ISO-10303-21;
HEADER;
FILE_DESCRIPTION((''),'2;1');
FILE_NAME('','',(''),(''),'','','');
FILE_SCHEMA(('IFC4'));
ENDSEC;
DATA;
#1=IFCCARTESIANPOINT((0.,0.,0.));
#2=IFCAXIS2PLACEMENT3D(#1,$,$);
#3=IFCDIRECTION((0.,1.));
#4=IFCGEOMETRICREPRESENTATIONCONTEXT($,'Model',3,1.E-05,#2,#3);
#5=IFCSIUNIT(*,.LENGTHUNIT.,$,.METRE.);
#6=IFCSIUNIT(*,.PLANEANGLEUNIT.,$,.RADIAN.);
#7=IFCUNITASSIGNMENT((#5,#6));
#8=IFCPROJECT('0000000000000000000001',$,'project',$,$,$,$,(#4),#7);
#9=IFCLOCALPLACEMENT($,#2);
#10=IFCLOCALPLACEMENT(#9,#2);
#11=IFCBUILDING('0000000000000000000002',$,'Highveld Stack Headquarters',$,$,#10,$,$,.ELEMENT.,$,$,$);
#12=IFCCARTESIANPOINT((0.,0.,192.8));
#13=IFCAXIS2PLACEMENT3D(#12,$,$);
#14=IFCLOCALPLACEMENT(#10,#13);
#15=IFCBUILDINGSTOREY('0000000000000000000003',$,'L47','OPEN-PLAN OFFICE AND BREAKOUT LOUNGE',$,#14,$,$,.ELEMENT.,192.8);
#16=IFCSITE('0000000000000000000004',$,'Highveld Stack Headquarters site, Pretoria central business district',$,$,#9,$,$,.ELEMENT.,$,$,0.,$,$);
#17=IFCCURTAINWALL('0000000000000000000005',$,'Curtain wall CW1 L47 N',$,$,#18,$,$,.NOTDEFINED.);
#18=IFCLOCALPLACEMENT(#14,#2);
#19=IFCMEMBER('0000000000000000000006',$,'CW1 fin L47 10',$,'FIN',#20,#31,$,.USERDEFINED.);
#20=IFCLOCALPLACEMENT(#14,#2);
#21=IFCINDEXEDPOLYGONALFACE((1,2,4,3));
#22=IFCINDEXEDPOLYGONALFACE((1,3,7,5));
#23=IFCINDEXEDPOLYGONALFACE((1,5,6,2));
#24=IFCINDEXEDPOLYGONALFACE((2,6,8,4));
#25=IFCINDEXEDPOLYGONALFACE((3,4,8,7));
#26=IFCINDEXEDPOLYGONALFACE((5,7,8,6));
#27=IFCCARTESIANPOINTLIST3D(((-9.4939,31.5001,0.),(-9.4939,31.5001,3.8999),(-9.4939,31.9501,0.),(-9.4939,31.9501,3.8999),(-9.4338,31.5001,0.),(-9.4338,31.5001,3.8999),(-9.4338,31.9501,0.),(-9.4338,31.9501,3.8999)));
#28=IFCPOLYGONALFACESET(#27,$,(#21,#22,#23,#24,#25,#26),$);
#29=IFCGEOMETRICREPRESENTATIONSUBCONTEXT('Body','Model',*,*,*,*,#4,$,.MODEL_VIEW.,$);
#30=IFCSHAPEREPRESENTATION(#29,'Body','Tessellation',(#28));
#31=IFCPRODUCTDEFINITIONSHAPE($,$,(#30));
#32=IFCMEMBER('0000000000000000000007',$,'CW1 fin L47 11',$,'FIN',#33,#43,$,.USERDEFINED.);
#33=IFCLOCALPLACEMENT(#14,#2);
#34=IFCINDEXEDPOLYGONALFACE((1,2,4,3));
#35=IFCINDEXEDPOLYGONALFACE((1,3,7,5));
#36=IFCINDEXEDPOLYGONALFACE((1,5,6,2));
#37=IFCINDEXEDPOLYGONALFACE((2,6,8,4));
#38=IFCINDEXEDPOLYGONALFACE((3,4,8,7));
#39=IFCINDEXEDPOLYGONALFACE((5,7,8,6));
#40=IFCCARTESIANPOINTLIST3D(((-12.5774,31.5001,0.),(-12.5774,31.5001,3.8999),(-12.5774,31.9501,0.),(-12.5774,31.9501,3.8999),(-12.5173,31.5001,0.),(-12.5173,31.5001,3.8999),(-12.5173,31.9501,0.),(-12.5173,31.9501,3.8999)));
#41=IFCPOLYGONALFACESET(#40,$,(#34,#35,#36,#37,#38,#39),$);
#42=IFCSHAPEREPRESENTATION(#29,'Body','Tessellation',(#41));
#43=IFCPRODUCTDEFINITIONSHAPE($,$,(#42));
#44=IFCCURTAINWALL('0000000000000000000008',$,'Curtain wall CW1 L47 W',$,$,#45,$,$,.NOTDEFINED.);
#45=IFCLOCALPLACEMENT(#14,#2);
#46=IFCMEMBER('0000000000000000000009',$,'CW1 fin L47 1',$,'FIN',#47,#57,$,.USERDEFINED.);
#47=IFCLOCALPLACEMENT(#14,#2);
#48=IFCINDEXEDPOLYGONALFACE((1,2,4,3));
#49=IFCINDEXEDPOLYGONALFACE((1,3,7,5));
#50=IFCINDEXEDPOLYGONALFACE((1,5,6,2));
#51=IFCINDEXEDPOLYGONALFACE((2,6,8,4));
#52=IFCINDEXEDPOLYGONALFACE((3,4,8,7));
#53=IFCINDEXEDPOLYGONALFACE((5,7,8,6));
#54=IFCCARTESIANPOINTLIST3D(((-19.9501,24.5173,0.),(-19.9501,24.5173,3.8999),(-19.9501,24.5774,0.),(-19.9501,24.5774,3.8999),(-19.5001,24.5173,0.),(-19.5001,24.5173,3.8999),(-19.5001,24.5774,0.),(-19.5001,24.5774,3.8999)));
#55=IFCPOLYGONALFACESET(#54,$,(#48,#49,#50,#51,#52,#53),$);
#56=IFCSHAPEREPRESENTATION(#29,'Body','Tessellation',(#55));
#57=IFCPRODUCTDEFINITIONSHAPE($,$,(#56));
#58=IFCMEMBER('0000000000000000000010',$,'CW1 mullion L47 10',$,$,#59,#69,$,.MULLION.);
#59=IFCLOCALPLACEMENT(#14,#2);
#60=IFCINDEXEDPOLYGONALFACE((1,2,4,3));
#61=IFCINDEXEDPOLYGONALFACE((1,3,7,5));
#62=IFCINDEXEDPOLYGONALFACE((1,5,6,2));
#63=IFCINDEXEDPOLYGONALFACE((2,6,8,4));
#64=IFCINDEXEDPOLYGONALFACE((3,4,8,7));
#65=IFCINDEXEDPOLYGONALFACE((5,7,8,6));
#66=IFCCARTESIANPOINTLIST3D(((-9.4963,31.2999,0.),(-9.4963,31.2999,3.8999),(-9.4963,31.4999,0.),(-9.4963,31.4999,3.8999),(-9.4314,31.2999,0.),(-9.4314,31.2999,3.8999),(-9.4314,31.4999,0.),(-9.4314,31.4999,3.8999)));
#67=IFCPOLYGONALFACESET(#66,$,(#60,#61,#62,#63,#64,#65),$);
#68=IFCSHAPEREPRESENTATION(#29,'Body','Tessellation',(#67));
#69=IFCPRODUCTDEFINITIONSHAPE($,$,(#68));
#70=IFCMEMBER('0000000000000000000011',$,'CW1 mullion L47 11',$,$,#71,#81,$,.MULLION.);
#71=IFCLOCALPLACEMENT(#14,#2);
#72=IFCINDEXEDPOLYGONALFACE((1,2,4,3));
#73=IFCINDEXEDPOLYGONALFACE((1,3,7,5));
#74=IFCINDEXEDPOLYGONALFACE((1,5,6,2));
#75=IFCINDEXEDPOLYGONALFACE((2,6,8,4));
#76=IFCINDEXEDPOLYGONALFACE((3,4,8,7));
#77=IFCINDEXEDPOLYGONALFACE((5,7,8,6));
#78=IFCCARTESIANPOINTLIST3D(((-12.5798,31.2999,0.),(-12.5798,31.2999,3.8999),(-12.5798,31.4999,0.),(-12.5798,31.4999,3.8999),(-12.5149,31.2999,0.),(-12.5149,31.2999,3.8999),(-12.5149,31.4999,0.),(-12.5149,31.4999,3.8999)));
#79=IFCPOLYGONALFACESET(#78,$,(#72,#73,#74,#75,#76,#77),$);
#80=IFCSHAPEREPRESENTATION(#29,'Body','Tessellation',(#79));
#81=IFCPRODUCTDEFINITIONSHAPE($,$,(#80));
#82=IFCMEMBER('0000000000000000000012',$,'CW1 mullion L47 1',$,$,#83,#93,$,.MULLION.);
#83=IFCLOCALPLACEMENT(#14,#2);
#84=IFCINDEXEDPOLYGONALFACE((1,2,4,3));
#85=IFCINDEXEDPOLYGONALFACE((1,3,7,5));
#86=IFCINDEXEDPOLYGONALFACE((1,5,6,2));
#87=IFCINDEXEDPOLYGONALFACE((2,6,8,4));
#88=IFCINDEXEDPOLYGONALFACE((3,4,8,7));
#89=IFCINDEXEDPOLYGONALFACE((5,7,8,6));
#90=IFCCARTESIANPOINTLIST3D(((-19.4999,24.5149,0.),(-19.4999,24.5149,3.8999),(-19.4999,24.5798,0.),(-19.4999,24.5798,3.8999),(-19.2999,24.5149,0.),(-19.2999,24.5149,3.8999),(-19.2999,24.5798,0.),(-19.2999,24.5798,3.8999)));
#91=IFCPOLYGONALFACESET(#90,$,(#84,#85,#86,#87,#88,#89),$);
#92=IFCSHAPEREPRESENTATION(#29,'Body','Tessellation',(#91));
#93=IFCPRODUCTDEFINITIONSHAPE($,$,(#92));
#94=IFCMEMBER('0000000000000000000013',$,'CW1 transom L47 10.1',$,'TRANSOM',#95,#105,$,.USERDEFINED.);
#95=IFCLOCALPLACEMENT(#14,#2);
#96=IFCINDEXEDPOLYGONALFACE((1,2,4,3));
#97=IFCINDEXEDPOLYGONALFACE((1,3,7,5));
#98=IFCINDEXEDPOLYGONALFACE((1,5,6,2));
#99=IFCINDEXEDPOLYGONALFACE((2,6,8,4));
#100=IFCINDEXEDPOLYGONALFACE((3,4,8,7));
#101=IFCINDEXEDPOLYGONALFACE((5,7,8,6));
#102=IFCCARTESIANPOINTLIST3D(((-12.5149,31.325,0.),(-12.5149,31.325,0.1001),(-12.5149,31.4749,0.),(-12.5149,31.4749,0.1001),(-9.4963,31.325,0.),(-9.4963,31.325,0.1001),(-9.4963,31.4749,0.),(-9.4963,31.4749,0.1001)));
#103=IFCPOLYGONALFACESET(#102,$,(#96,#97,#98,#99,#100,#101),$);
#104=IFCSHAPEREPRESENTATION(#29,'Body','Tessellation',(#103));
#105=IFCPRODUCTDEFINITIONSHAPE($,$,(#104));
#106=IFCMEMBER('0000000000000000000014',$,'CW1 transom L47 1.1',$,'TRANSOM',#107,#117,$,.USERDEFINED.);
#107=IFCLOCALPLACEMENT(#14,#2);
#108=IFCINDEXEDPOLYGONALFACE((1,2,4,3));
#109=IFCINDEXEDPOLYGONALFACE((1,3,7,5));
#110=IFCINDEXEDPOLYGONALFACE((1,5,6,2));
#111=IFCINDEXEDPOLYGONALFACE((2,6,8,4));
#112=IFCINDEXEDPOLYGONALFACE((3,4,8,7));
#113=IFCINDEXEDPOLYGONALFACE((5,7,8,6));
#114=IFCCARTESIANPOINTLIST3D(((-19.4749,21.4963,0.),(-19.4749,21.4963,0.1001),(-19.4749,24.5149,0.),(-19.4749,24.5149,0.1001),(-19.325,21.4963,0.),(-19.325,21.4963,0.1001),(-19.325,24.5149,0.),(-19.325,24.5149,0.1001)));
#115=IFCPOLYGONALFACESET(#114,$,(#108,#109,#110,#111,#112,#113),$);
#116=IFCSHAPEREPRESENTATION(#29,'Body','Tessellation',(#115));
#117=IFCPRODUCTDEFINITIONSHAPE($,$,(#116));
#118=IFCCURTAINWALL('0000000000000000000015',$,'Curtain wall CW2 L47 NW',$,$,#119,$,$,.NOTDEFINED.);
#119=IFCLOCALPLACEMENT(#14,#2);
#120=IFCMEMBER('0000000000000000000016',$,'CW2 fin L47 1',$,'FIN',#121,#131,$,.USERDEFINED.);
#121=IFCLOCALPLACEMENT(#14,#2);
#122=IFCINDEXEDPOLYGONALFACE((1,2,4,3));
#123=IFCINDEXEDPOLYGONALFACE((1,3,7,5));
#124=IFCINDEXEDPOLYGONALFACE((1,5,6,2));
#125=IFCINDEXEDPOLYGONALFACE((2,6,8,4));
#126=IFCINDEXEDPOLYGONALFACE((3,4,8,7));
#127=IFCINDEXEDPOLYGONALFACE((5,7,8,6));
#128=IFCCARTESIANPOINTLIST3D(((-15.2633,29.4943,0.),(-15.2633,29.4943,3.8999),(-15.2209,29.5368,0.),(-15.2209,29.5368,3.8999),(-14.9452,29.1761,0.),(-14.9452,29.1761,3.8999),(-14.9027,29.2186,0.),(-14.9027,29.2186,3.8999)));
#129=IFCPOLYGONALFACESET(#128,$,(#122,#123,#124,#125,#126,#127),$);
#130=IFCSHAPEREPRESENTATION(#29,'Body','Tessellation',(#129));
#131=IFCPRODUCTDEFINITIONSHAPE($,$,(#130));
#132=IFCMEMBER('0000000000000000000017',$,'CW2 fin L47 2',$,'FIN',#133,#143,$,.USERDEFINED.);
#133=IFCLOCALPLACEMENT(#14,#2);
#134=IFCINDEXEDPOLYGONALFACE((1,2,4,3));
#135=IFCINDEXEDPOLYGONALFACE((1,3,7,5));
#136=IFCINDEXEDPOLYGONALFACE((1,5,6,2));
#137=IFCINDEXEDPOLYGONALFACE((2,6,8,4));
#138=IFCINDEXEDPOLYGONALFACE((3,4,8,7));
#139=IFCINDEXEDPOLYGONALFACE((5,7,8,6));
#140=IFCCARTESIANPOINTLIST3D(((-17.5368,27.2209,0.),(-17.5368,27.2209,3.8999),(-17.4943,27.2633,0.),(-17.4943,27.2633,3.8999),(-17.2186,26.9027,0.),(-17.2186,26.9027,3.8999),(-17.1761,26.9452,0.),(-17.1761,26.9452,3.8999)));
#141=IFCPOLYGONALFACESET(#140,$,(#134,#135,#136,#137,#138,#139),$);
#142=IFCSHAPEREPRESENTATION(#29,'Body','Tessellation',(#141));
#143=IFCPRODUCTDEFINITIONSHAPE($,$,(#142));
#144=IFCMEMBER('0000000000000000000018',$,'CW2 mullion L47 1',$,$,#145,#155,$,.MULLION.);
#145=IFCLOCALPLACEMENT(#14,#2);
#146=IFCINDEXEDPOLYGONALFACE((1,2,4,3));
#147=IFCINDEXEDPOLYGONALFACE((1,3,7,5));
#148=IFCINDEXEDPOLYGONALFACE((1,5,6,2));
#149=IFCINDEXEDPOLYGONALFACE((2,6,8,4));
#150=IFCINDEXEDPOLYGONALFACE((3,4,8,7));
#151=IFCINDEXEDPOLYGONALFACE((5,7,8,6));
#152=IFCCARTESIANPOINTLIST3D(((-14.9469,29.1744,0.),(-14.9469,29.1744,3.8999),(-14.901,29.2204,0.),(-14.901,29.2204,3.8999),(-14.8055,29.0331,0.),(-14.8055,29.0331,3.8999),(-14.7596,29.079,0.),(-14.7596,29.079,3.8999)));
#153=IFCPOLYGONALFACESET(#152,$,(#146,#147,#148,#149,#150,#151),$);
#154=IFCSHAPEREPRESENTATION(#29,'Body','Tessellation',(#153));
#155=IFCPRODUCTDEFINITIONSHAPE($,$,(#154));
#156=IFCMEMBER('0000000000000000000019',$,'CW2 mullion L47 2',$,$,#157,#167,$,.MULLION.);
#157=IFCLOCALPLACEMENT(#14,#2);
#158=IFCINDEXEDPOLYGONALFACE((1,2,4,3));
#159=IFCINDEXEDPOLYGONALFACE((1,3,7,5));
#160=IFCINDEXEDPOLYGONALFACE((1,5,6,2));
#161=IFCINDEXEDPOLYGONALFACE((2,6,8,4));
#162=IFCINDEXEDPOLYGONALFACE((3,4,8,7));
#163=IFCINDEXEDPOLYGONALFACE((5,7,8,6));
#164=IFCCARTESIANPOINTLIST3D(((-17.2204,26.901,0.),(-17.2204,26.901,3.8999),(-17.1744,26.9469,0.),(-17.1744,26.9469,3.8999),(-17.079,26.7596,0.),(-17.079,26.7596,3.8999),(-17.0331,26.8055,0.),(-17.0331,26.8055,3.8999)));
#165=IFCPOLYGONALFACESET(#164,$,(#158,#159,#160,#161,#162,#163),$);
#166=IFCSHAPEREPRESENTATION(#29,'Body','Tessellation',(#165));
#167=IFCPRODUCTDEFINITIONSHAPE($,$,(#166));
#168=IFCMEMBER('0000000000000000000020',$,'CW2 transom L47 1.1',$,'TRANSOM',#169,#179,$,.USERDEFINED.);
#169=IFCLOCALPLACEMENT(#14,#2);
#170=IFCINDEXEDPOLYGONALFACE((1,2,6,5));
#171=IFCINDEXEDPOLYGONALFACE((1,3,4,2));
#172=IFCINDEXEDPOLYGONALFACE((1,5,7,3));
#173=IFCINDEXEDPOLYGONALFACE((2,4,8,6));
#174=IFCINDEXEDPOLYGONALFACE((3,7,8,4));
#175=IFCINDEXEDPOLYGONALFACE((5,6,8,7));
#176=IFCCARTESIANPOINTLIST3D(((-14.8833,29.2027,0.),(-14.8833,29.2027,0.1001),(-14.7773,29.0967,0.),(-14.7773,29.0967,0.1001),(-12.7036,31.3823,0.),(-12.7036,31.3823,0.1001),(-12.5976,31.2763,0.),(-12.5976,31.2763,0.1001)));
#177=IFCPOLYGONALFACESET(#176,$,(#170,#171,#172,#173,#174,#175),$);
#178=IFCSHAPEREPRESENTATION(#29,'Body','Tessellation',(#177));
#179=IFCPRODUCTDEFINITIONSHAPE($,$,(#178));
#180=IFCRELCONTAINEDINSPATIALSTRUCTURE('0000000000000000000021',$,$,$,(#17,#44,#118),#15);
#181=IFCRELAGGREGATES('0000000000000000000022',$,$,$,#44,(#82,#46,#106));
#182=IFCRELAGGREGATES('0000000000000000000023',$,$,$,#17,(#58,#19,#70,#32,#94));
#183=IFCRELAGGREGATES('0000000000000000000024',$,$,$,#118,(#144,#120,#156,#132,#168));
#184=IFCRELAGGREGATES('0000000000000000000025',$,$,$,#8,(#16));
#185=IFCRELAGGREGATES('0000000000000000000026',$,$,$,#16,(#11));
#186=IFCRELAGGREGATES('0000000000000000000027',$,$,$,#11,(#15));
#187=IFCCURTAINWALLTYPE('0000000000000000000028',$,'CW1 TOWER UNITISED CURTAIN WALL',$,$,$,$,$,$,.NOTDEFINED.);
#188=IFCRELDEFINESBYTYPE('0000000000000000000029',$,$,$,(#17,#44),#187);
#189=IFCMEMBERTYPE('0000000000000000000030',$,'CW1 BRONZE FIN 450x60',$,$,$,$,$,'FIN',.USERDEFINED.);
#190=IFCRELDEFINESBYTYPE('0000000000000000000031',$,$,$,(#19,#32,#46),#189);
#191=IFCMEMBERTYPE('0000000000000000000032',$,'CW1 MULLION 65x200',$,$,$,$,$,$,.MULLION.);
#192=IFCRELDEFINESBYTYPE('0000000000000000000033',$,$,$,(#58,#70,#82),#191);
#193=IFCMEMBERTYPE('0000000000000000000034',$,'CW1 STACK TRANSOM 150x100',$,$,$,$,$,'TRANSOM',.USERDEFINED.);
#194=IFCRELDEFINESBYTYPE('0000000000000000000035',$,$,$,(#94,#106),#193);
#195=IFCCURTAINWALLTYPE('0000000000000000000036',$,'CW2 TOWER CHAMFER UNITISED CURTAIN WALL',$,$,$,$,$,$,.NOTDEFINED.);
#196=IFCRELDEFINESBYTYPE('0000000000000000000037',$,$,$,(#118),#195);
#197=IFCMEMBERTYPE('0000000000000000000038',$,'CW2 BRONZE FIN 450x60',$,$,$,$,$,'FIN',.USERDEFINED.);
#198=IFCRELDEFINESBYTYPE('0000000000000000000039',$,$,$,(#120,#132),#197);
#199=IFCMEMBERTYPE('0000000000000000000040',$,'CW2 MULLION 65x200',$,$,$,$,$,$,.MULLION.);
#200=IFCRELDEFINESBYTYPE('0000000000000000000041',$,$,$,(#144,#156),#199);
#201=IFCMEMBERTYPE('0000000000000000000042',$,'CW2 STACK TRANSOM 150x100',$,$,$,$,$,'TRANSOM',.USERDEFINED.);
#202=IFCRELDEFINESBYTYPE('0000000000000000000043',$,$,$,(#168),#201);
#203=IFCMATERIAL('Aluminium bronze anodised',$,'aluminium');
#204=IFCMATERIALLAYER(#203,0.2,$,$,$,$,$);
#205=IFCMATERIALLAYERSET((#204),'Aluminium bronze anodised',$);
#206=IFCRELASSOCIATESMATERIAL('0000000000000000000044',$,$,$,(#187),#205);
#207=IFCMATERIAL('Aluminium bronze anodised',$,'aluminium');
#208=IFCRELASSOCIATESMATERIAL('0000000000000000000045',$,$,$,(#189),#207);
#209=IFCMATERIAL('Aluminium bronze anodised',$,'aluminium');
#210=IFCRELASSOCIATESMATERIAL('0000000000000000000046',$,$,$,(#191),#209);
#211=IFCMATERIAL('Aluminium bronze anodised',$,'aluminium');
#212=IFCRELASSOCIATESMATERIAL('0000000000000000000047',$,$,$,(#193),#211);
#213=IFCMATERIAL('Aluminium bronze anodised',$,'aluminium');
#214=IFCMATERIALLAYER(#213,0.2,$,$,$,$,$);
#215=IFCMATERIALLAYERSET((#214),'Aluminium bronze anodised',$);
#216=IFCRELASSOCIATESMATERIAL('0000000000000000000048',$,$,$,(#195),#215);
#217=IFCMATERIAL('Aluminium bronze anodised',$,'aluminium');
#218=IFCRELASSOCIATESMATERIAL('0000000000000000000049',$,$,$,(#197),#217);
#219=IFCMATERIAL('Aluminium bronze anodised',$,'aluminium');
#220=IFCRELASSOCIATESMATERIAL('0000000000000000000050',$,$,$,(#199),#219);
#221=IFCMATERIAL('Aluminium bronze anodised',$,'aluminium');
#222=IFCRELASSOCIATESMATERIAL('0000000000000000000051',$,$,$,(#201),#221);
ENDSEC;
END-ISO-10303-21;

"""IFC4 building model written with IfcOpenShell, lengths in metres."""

from ifc_helpers import new_model, si_unit, direction, frame, origin, origin_2d, place, context, subcontext, project, spatial, rectangle, extrude, material, layer, layer_set, material_profile, profile_set, type_object, element, aggregate, save


model = new_model("IFC4")

# Units and contexts
model_context = context("Model", 3, precision=1e-05, world=origin(), true_north=direction((0.0, 1.0)))
body_context = subcontext(model_context, "Body", "Model", "MODEL_VIEW")
ifc_project = project(units=[si_unit("LENGTHUNIT", "METRE"), si_unit("PLANEANGLEUNIT", "RADIAN")], contexts=[model_context])

# Site, building, storey
site_placement = place(None, origin())
site = spatial("IfcSite", under=ifc_project, at=site_placement, Name="Highveld Stack Headquarters site, Pretoria central business district", CompositionType="ELEMENT", RefElevation=0.0)
building_placement = place(site_placement, origin())
building = spatial("IfcBuilding", under=site, at=building_placement, Name="Highveld Stack Headquarters", CompositionType="ELEMENT")
storey_placement = place(building_placement, frame((0.0, 0.0, 192.8)))
storey = spatial("IfcBuildingStorey", under=building, at=storey_placement, Name="L47", Description="OPEN-PLAN OFFICE AND BREAKOUT LOUNGE", CompositionType="ELEMENT", Elevation=192.8)

# Curtain wall, members
ifc_material_1 = material(Name="Aluminium bronze anodised", Category="aluminium")
ifc_layer_1 = layer(ifc_material_1, 0.2)
ifc_layer_set_1 = layer_set([ifc_layer_1], Name="Aluminium bronze anodised")
curtain_wall_type_1 = type_object("IfcCurtainWallType", Name="CW1 TOWER UNITISED CURTAIN WALL", PredefinedType="NOTDEFINED", material=ifc_layer_set_1)
curtain_wall_1_placement = place(storey_placement, origin())
curtain_wall_1 = element("IfcCurtainWall", 1, at=curtain_wall_1_placement, inside=storey, type_object=curtain_wall_type_1, Name="Curtain wall CW1 L47 N", PredefinedType="NOTDEFINED")
ifc_material_2 = material(Name="Aluminium bronze anodised", Category="aluminium")
ifc_material_profile_1 = material_profile(ifc_material_2, rectangle(XDim=0.45, YDim=0.0601, at=origin_2d()), Name="FIN 450x60")
ifc_profile_set_1 = profile_set([ifc_material_profile_1], Name="Aluminium bronze anodised")
member_type_1 = type_object("IfcMemberType", Name="CW1 BRONZE FIN 450x60", ElementType="FIN", PredefinedType="USERDEFINED", material=ifc_profile_set_1)
member_1_placement = place(storey_placement, frame((-9.4639, 31.7251, 0.0), z_axis=(0.0, 0.0, 1.0), x_axis=(0.0, -1.0, 0.0)))
member_1 = element("IfcMember", 2, at=member_1_placement, type_object=member_type_1, Name="CW1 fin L47 10", ObjectType="FIN", PredefinedType="USERDEFINED", context=body_context, shape_type="SweptSolid", body=[
    extrude(rectangle(XDim=0.45, YDim=0.0601, at=origin_2d()), origin(), (0.0, 0.0, 1.0), 3.8999),
])
member_2_placement = place(storey_placement, frame((-12.5474, 31.7251, 0.0), z_axis=(0.0, 0.0, 1.0), x_axis=(0.0, -1.0, 0.0)))
member_2 = element("IfcMember", 3, at=member_2_placement, type_object=member_type_1, Name="CW1 fin L47 11", ObjectType="FIN", PredefinedType="USERDEFINED", context=body_context, shape_type="SweptSolid", body=[
    extrude(rectangle(XDim=0.45, YDim=0.0601, at=origin_2d()), origin(), (0.0, 0.0, 1.0), 3.8999),
])

# Curtain wall, member
curtain_wall_2_placement = place(storey_placement, origin())
curtain_wall_2 = element("IfcCurtainWall", 4, at=curtain_wall_2_placement, inside=storey, type_object=curtain_wall_type_1, Name="Curtain wall CW1 L47 W", PredefinedType="NOTDEFINED")
member_3_placement = place(storey_placement, frame((-19.7251, 24.5474, 0.0), z_axis=(0.0, 0.0, 1.0), x_axis=(1.0, 0.0, 0.0)))
member_3 = element("IfcMember", 5, at=member_3_placement, type_object=member_type_1, Name="CW1 fin L47 1", ObjectType="FIN", PredefinedType="USERDEFINED", context=body_context, shape_type="SweptSolid", body=[
    extrude(rectangle(XDim=0.45, YDim=0.0601, at=origin_2d()), origin(), (0.0, 0.0, 1.0), 3.8999),
])

# Members
ifc_material_3 = material(Name="Aluminium bronze anodised", Category="aluminium")
ifc_material_profile_2 = material_profile(ifc_material_3, rectangle(XDim=0.2, YDim=0.0649, at=origin_2d()), Name="CW1 MULLION 65x200")
ifc_profile_set_2 = profile_set([ifc_material_profile_2], Name="Aluminium bronze anodised")
member_type_2 = type_object("IfcMemberType", Name="CW1 MULLION 65x200", PredefinedType="MULLION", material=ifc_profile_set_2)
member_4_placement = place(storey_placement, frame((-9.4639, 31.3999, 0.0), z_axis=(0.0, 0.0, 1.0), x_axis=(0.0, -1.0, 0.0)))
member_4 = element("IfcMember", 6, at=member_4_placement, type_object=member_type_2, Name="CW1 mullion L47 10", PredefinedType="MULLION", context=body_context, shape_type="SweptSolid", body=[
    extrude(rectangle(XDim=0.2, YDim=0.0649, at=origin_2d()), origin(), (0.0, 0.0, 1.0), 3.8999),
])
member_5_placement = place(storey_placement, frame((-12.5474, 31.3999, 0.0), z_axis=(0.0, 0.0, 1.0), x_axis=(0.0, -1.0, 0.0)))
member_5 = element("IfcMember", 7, at=member_5_placement, type_object=member_type_2, Name="CW1 mullion L47 11", PredefinedType="MULLION", context=body_context, shape_type="SweptSolid", body=[
    extrude(rectangle(XDim=0.2, YDim=0.0649, at=origin_2d()), origin(), (0.0, 0.0, 1.0), 3.8999),
])
member_6_placement = place(storey_placement, frame((-19.3999, 24.5474, 0.0), z_axis=(0.0, 0.0, 1.0), x_axis=(1.0, 0.0, 0.0)))
member_6 = element("IfcMember", 8, at=member_6_placement, type_object=member_type_2, Name="CW1 mullion L47 1", PredefinedType="MULLION", context=body_context, shape_type="SweptSolid", body=[
    extrude(rectangle(XDim=0.2, YDim=0.0649, at=origin_2d()), origin(), (0.0, 0.0, 1.0), 3.8999),
])
ifc_material_4 = material(Name="Aluminium bronze anodised", Category="aluminium")
ifc_material_profile_3 = material_profile(ifc_material_4, rectangle(XDim=0.1499, YDim=0.1001, at=origin_2d()), Name="CW1 TRANSOM 150x100")
ifc_profile_set_3 = profile_set([ifc_material_profile_3], Name="Aluminium bronze anodised")
member_type_3 = type_object("IfcMemberType", Name="CW1 STACK TRANSOM 150x100", ElementType="TRANSOM", PredefinedType="USERDEFINED", material=ifc_profile_set_3)
member_7_placement = place(storey_placement, frame((-9.4963, 31.3999, 0.05), z_axis=(-1.0, 0.0, 0.0), x_axis=(0.0, -1.0, 0.0)))
member_7 = element("IfcMember", 9, at=member_7_placement, type_object=member_type_3, Name="CW1 transom L47 10.1", ObjectType="TRANSOM", PredefinedType="USERDEFINED", context=body_context, shape_type="SweptSolid", body=[
    extrude(rectangle(XDim=0.1499, YDim=0.1001, at=origin_2d()), origin(), (0.0, 0.0, 1.0), 3.0186),
])
member_8_placement = place(storey_placement, frame((-19.3999, 24.5149, 0.05), z_axis=(0.0, -1.0, 0.0), x_axis=(1.0, 0.0, 0.0)))
member_8 = element("IfcMember", 10, at=member_8_placement, type_object=member_type_3, Name="CW1 transom L47 1.1", ObjectType="TRANSOM", PredefinedType="USERDEFINED", context=body_context, shape_type="SweptSolid", body=[
    extrude(rectangle(XDim=0.1499, YDim=0.1001, at=origin_2d()), origin(), (0.0, 0.0, 1.0), 3.0186),
])
aggregate(curtain_wall_2, [member_6, member_3, member_8])

# Curtain wall, members
ifc_material_5 = material(Name="Aluminium bronze anodised", Category="aluminium")
ifc_layer_2 = layer(ifc_material_5, 0.2)
ifc_layer_set_2 = layer_set([ifc_layer_2], Name="Aluminium bronze anodised")
curtain_wall_type_2 = type_object("IfcCurtainWallType", Name="CW2 TOWER CHAMFER UNITISED CURTAIN WALL", PredefinedType="NOTDEFINED", material=ifc_layer_set_2)
curtain_wall_3_placement = place(storey_placement, origin())
curtain_wall_3 = element("IfcCurtainWall", 11, at=curtain_wall_3_placement, inside=storey, type_object=curtain_wall_type_2, Name="Curtain wall CW2 L47 NW", PredefinedType="NOTDEFINED")
ifc_material_6 = material(Name="Aluminium bronze anodised", Category="aluminium")
ifc_material_profile_4 = material_profile(ifc_material_6, rectangle(XDim=0.45, YDim=0.0601, at=origin_2d()), Name="FIN 450x60")
ifc_profile_set_4 = profile_set([ifc_material_profile_4], Name="Aluminium bronze anodised")
member_type_4 = type_object("IfcMemberType", Name="CW2 BRONZE FIN 450x60", ElementType="FIN", PredefinedType="USERDEFINED", material=ifc_profile_set_4)
member_9_placement = place(storey_placement, frame((-15.083, 29.3564, 0.0), z_axis=(0.0, 0.0, 1.0), x_axis=(0.707107, -0.707107, 0.0)))
member_9 = element("IfcMember", 12, at=member_9_placement, type_object=member_type_4, Name="CW2 fin L47 1", ObjectType="FIN", PredefinedType="USERDEFINED", context=body_context, shape_type="SweptSolid", body=[
    extrude(rectangle(XDim=0.45, YDim=0.0601, at=origin_2d()), origin(), (0.0, 0.0, 1.0), 3.8999),
])
member_10_placement = place(storey_placement, frame((-17.3564, 27.083, 0.0), z_axis=(0.0, 0.0, 1.0), x_axis=(0.707107, -0.707107, 0.0)))
member_10 = element("IfcMember", 13, at=member_10_placement, type_object=member_type_4, Name="CW2 fin L47 2", ObjectType="FIN", PredefinedType="USERDEFINED", context=body_context, shape_type="SweptSolid", body=[
    extrude(rectangle(XDim=0.45, YDim=0.0601, at=origin_2d()), origin(), (0.0, 0.0, 1.0), 3.8999),
])
ifc_material_7 = material(Name="Aluminium bronze anodised", Category="aluminium")
ifc_material_profile_5 = material_profile(ifc_material_7, rectangle(XDim=0.2, YDim=0.0649, at=origin_2d()), Name="CW2 MULLION 65x200")
ifc_profile_set_5 = profile_set([ifc_material_profile_5], Name="Aluminium bronze anodised")
member_type_5 = type_object("IfcMemberType", Name="CW2 MULLION 65x200", PredefinedType="MULLION", material=ifc_profile_set_5)
member_11_placement = place(storey_placement, frame((-14.8533, 29.1267, 0.0), z_axis=(0.0, 0.0, 1.0), x_axis=(0.707107, -0.707107, 0.0)))
member_11 = element("IfcMember", 14, at=member_11_placement, type_object=member_type_5, Name="CW2 mullion L47 1", PredefinedType="MULLION", context=body_context, shape_type="SweptSolid", body=[
    extrude(rectangle(XDim=0.2, YDim=0.0649, at=origin_2d()), origin(), (0.0, 0.0, 1.0), 3.8999),
])
member_12_placement = place(storey_placement, frame((-17.1267, 26.8533, 0.0), z_axis=(0.0, 0.0, 1.0), x_axis=(0.707107, -0.707107, 0.0)))
member_12 = element("IfcMember", 15, at=member_12_placement, type_object=member_type_5, Name="CW2 mullion L47 2", PredefinedType="MULLION", context=body_context, shape_type="SweptSolid", body=[
    extrude(rectangle(XDim=0.2, YDim=0.0649, at=origin_2d()), origin(), (0.0, 0.0, 1.0), 3.8999),
])
ifc_material_8 = material(Name="Aluminium bronze anodised", Category="aluminium")
ifc_material_profile_6 = material_profile(ifc_material_8, rectangle(XDim=0.1499, YDim=0.1001, at=origin_2d()), Name="CW2 TRANSOM 150x100")
ifc_profile_set_6 = profile_set([ifc_material_profile_6], Name="Aluminium bronze anodised")
member_type_6 = type_object("IfcMemberType", Name="CW2 STACK TRANSOM 150x100", ElementType="TRANSOM", PredefinedType="USERDEFINED", material=ifc_profile_set_6)
member_13_placement = place(storey_placement, frame((-12.6506, 31.3293, 0.05), z_axis=(-0.707107, -0.707107, 0.0), x_axis=(0.707107, -0.707107, 0.0)))
member_13 = element("IfcMember", 16, at=member_13_placement, type_object=member_type_6, Name="CW2 transom L47 1.1", ObjectType="TRANSOM", PredefinedType="USERDEFINED", context=body_context, shape_type="SweptSolid", body=[
    extrude(rectangle(XDim=0.1499, YDim=0.1001, at=origin_2d()), origin(), (0.0, 0.0, 1.0), 3.0825),
])

aggregate(curtain_wall_1, [member_4, member_1, member_5, member_2, member_7])
aggregate(curtain_wall_3, [member_11, member_9, member_12, member_10, member_13])

save(model, "model.ifc")
